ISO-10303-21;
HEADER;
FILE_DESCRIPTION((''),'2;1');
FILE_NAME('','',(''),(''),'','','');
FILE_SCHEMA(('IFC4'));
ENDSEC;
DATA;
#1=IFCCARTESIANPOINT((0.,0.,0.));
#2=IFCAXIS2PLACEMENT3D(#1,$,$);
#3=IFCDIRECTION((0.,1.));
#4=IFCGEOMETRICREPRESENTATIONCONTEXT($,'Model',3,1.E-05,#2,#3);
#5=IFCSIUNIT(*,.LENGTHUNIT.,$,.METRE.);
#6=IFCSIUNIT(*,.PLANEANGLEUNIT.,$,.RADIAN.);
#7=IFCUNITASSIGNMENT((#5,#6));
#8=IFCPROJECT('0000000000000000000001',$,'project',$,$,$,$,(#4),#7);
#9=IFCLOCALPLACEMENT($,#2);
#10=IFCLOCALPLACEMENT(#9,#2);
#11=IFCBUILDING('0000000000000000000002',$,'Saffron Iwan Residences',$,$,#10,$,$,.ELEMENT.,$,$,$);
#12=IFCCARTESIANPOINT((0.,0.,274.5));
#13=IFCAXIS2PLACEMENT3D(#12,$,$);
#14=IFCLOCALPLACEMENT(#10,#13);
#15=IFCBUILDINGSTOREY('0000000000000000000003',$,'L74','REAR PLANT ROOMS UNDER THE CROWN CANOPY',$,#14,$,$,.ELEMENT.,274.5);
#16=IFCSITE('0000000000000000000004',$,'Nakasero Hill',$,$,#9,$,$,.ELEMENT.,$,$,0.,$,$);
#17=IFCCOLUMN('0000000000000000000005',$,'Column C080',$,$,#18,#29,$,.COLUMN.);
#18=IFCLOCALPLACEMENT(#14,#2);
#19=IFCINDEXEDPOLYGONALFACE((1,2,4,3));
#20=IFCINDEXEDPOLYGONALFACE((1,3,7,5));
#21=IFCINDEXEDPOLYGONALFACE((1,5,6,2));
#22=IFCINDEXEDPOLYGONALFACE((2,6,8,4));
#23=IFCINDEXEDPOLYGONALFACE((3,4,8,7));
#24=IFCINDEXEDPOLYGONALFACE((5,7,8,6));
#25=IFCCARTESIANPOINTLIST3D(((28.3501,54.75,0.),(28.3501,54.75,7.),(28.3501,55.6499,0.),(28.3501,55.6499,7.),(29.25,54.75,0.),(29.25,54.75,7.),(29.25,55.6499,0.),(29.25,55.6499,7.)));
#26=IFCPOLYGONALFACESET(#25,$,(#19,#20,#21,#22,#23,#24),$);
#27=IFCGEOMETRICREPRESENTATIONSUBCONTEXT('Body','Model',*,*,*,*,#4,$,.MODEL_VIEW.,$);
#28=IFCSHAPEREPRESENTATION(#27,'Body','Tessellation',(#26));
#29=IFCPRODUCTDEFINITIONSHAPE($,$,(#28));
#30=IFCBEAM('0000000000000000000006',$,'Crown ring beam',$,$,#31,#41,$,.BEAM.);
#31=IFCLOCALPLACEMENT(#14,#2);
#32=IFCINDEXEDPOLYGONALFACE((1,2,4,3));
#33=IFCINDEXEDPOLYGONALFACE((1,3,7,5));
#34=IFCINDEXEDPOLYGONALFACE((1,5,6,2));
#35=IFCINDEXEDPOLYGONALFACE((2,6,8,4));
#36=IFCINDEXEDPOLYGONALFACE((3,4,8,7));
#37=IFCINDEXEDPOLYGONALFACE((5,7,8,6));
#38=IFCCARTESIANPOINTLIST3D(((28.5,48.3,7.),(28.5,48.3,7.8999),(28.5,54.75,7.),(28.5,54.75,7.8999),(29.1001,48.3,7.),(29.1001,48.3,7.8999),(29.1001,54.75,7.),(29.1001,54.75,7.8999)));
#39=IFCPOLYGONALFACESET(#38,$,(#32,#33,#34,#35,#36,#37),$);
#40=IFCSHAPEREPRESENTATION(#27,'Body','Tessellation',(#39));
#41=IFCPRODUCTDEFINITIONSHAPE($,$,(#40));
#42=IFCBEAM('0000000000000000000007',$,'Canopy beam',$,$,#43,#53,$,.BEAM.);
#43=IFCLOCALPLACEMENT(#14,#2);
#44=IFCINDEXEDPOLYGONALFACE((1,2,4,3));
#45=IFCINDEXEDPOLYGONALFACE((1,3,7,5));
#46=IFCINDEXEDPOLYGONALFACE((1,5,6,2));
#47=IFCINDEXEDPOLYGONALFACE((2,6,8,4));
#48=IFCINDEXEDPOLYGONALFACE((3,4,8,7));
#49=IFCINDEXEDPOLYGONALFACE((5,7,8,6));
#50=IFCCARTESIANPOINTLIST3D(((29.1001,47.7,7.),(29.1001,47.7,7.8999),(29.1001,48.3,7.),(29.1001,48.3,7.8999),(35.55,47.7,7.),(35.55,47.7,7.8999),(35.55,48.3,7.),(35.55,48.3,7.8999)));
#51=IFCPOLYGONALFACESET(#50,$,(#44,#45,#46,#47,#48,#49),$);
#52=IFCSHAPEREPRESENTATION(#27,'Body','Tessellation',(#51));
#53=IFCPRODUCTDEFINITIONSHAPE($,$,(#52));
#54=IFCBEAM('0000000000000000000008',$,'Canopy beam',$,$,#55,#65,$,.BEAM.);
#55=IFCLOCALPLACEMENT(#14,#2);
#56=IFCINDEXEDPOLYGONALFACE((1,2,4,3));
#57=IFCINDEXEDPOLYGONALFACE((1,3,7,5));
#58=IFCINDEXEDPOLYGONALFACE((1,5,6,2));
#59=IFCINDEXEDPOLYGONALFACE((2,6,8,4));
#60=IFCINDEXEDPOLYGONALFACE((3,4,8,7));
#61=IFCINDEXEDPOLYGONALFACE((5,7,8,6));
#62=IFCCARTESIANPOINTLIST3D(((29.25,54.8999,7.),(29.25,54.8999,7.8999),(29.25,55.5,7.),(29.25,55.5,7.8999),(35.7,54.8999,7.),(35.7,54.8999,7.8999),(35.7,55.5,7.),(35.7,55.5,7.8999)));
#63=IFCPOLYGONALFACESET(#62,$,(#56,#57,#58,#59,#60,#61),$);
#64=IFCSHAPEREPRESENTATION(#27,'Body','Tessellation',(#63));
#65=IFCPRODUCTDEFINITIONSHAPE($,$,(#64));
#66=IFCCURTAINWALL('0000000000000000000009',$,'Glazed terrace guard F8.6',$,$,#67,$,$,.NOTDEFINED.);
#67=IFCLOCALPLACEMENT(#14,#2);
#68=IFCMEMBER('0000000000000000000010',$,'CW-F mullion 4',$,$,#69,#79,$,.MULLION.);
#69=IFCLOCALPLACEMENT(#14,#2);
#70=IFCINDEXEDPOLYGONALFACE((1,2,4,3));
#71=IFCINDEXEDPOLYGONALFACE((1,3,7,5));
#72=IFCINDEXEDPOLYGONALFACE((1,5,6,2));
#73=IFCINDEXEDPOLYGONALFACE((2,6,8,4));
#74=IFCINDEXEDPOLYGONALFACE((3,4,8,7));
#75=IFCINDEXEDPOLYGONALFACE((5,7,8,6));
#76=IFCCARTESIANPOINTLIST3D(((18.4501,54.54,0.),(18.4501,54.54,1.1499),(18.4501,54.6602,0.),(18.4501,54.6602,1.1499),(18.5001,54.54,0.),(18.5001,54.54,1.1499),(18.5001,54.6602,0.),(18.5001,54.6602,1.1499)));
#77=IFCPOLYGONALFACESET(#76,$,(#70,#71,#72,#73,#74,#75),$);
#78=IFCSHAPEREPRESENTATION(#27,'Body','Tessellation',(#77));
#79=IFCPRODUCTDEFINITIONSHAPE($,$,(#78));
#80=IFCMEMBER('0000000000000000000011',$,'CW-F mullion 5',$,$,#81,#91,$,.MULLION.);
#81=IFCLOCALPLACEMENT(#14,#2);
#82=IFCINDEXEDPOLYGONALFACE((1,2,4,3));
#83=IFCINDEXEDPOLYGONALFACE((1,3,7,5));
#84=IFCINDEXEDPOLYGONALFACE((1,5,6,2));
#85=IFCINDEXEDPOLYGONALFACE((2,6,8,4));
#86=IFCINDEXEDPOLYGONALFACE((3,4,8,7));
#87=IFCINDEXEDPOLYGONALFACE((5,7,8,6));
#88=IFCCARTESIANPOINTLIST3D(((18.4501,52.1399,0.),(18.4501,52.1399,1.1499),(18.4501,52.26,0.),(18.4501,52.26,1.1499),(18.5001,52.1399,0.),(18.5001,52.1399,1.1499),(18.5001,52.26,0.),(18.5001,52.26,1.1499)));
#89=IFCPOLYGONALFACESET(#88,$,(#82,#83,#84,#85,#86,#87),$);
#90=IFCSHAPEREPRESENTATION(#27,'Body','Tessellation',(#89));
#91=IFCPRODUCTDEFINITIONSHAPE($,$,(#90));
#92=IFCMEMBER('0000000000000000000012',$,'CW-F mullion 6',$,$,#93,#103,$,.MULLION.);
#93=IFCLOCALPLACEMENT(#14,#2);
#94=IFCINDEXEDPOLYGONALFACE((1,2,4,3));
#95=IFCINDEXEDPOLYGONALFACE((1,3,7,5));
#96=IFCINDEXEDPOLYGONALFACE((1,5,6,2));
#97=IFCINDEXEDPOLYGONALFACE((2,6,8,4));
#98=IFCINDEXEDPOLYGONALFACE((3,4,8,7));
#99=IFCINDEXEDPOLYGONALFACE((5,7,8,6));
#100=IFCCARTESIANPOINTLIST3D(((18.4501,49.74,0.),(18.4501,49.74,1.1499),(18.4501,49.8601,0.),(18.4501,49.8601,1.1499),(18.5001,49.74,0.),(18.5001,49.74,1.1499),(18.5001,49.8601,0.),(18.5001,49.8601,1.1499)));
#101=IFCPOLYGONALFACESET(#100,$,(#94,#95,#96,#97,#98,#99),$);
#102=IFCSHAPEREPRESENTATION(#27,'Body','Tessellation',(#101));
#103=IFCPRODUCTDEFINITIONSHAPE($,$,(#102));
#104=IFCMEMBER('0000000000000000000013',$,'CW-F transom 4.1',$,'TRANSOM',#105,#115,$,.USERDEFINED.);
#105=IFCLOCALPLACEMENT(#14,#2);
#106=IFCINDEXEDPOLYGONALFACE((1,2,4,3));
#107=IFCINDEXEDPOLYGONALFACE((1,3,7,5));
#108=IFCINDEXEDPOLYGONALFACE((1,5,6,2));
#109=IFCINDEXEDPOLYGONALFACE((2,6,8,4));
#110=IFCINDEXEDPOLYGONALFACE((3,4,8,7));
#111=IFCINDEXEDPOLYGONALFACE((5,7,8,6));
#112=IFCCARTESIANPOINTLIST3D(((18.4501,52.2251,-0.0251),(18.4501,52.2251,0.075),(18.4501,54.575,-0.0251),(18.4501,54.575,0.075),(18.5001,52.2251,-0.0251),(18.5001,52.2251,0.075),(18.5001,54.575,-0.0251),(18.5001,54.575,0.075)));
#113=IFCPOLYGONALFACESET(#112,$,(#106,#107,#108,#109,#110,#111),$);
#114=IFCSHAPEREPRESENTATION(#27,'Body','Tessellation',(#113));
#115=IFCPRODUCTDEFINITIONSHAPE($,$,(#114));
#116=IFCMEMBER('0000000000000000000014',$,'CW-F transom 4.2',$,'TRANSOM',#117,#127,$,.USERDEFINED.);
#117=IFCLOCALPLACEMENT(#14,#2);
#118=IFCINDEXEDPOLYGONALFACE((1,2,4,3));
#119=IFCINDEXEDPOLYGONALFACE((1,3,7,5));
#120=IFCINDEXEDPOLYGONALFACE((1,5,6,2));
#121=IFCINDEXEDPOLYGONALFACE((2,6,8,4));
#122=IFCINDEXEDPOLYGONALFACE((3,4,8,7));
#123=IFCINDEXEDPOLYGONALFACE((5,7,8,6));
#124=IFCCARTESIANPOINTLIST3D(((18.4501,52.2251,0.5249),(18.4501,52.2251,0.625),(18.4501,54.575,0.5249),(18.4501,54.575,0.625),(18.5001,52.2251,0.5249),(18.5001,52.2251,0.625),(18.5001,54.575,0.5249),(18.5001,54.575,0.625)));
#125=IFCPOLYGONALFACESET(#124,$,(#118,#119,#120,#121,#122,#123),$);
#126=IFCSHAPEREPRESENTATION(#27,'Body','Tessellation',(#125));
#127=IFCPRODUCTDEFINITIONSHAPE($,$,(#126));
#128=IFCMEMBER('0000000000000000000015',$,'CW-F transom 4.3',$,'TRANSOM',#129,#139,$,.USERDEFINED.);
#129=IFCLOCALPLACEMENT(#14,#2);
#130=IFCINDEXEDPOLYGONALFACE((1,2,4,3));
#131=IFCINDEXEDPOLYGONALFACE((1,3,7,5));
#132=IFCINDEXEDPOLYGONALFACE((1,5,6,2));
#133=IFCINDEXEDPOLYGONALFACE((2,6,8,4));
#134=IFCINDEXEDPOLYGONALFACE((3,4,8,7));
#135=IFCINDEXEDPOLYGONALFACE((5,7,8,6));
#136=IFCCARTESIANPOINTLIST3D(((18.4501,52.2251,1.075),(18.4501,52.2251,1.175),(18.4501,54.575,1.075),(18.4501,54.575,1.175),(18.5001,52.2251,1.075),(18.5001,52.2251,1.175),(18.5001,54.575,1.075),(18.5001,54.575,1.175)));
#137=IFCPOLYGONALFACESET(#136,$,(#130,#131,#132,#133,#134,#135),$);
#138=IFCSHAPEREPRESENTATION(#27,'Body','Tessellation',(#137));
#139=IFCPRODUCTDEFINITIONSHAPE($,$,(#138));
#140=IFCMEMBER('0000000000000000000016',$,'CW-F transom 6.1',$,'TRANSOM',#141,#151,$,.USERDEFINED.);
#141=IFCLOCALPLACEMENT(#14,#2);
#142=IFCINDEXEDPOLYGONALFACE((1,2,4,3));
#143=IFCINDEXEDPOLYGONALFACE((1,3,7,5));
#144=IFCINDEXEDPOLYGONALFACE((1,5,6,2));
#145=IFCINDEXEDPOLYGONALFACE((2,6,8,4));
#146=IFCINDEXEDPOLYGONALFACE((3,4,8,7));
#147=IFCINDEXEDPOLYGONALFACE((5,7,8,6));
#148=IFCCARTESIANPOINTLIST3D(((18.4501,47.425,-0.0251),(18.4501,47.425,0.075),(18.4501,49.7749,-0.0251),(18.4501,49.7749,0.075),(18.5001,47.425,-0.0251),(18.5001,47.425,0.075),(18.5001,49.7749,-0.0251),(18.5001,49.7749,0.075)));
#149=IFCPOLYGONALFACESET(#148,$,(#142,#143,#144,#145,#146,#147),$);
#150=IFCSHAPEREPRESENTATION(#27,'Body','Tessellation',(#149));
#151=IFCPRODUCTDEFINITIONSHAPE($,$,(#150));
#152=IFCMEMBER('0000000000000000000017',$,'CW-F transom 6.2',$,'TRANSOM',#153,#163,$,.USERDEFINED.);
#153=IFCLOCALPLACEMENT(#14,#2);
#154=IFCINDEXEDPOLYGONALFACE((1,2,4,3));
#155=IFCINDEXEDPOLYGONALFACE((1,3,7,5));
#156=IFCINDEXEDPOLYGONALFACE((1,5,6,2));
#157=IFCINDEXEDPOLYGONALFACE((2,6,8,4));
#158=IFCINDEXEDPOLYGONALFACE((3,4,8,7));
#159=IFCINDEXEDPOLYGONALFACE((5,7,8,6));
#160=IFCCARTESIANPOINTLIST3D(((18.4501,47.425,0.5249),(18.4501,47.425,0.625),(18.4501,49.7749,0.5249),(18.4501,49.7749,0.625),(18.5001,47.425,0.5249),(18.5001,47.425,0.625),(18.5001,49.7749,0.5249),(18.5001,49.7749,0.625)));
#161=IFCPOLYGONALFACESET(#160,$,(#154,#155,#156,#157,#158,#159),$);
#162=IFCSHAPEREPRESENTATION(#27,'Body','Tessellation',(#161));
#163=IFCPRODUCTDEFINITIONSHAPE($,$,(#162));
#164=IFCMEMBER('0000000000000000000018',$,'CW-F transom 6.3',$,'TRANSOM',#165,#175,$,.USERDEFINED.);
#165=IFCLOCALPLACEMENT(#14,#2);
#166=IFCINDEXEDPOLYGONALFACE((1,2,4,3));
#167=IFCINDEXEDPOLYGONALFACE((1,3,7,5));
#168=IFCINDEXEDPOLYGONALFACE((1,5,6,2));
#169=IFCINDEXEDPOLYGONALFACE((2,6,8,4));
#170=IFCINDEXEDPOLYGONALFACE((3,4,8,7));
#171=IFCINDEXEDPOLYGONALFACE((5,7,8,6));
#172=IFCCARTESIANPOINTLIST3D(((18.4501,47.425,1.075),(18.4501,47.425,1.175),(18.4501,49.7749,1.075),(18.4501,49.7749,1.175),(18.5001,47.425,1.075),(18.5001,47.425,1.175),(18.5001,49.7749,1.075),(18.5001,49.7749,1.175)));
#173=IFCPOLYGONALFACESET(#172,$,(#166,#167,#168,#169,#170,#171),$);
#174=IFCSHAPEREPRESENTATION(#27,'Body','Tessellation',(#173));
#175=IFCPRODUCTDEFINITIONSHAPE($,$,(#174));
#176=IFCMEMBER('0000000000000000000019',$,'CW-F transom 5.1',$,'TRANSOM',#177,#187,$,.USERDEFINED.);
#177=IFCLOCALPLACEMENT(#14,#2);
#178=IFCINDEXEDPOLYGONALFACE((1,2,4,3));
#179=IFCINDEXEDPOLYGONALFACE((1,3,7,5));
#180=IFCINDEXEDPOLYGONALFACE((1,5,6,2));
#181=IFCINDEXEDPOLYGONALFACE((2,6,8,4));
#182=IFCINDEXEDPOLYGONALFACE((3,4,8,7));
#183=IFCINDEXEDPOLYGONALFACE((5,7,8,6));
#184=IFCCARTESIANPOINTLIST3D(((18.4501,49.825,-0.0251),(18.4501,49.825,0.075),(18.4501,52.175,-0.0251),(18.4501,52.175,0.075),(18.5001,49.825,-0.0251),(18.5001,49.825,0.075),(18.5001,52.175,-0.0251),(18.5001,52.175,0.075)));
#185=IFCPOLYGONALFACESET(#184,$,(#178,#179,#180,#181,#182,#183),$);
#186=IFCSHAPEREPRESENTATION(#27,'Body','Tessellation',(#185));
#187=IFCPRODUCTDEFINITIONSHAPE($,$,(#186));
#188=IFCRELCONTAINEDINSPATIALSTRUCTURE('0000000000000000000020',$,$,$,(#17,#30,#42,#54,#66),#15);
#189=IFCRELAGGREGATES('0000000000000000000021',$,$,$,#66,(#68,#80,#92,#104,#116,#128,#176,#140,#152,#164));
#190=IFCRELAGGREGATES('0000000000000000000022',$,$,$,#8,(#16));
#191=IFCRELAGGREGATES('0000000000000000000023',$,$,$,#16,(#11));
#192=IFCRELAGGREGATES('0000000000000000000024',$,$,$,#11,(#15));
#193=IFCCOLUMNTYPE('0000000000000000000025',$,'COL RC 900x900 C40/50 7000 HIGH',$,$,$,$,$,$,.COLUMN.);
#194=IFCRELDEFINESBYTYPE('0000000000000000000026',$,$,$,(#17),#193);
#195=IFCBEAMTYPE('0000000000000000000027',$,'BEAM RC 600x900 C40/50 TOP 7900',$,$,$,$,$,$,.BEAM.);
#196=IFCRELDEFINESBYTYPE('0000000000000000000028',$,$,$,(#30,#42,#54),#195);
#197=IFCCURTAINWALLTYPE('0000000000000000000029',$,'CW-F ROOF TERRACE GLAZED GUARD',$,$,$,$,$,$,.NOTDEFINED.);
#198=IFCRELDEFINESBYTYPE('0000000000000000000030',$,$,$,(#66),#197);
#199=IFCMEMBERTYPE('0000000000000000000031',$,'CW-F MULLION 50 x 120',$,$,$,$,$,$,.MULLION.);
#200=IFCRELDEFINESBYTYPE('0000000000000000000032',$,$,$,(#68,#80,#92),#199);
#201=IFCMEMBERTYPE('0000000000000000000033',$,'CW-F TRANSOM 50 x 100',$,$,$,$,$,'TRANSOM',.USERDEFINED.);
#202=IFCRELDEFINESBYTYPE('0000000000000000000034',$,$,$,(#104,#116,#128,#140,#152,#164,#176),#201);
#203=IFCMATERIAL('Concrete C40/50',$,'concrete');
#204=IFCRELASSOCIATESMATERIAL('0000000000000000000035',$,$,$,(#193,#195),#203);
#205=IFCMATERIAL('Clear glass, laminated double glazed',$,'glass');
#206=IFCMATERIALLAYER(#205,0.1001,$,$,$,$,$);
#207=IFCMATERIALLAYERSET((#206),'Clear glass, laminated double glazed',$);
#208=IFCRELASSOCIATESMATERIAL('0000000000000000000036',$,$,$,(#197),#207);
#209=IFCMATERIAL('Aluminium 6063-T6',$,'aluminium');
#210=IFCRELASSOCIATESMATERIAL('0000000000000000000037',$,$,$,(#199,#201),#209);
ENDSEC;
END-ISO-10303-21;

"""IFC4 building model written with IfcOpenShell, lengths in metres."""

from ifc_helpers import new_model, si_unit, direction, frame, origin, origin_2d, place, context, subcontext, project, spatial, rectangle, extrude, source, transform, mapped, material, layer, layer_set, material_profile, profile_set, type_object, element, aggregate, save


model = new_model("IFC4")

# Units and contexts
model_context = context("Model", 3, precision=1e-05, world=origin(), true_north=direction((0.0, 1.0)))
body_context = subcontext(model_context, "Body", "Model", "MODEL_VIEW")
ifc_project = project(units=[si_unit("LENGTHUNIT", "METRE"), si_unit("PLANEANGLEUNIT", "RADIAN")], contexts=[model_context])

# Site, building, storey
site_placement = place(None, origin())
site = spatial("IfcSite", under=ifc_project, at=site_placement, Name="Nakasero Hill", CompositionType="ELEMENT", RefElevation=0.0)
building_placement = place(site_placement, origin())
building = spatial("IfcBuilding", under=site, at=building_placement, Name="Saffron Iwan Residences", CompositionType="ELEMENT")
storey_placement = place(building_placement, frame((0.0, 0.0, 274.5)))
storey = spatial("IfcBuildingStorey", under=building, at=storey_placement, Name="L74", Description="REAR PLANT ROOMS UNDER THE CROWN CANOPY", CompositionType="ELEMENT", Elevation=274.5)

# Column
ifc_material_1 = material(Name="Concrete C40/50", Category="concrete")
ifc_material_profile_1 = material_profile(ifc_material_1, rectangle(XDim=0.8999, YDim=0.8999, at=origin_2d()), Name="RC 900x900")
ifc_profile_set_1 = profile_set([ifc_material_profile_1], Name="Concrete C40/50")
column_type = type_object("IfcColumnType", Name="COL RC 900x900 C40/50 7000 HIGH", PredefinedType="COLUMN", material=ifc_profile_set_1)
shared_shape_1 = source(origin(), body_context, "Body", "SweptSolid", [
    extrude(rectangle(XDim=0.8999, YDim=0.8999, at=origin_2d()), origin(), (0.0, 0.0, 1.0), 7.0),
])
column_placement = place(storey_placement, frame((28.8, 55.2, 0.0), z_axis=(0.0, 0.0, 1.0), x_axis=(1.0, 0.0, 0.0)))
element("IfcColumn", 1, at=column_placement, inside=storey, type_object=column_type, Name="Column C080", PredefinedType="COLUMN", context=body_context, shape_type="MappedRepresentation", body=[
    mapped(shared_shape_1, transform((0.0, 0.0, 0.0))),
])

# Beams
ifc_material_profile_2 = material_profile(ifc_material_1, rectangle(XDim=0.6001, YDim=0.8999, at=origin_2d()), Name="RC 600x900")
ifc_profile_set_2 = profile_set([ifc_material_profile_2], Name="Concrete C40/50")
beam_type = type_object("IfcBeamType", Name="BEAM RC 600x900 C40/50 TOP 7900", PredefinedType="BEAM", material=ifc_profile_set_2)
shared_shape_2 = source(origin(), body_context, "Body", "SweptSolid", [
    extrude(rectangle(XDim=0.6001, YDim=0.8999, at=origin_2d()), origin(), (0.0, 0.0, 1.0), 6.45),
])
for number, where, z_axis, x_axis, name in (
    (2, (28.8, 48.3, 7.45), (0.0, 1.0, 0.0), (-1.0, 0.0, 0.0), "Crown ring beam"),
    (3, (29.1001, 48.0, 7.45), (1.0, 0.0, 0.0), (0.0, 1.0, 0.0), "Canopy beam"),
    (4, (29.25, 55.2, 7.45), (1.0, 0.0, 0.0), (0.0, 1.0, 0.0), "Canopy beam"),
):
    element("IfcBeam", number, at=place(storey_placement, frame(where, z_axis=z_axis, x_axis=x_axis)), inside=storey, type_object=beam_type, Name=name, PredefinedType="BEAM", context=body_context, shape_type="MappedRepresentation", body=[
        mapped(shared_shape_2, transform((0.0, 0.0, 0.0))),
    ])

# Curtain wall, members
ifc_material_2 = material(Name="Clear glass, laminated double glazed", Category="glass")
ifc_layer_1 = layer(ifc_material_2, 0.1001)
ifc_layer_set_1 = layer_set([ifc_layer_1], Name="Clear glass, laminated double glazed")
curtain_wall_type = type_object("IfcCurtainWallType", Name="CW-F ROOF TERRACE GLAZED GUARD", PredefinedType="NOTDEFINED", material=ifc_layer_set_1)
curtain_wall_placement = place(storey_placement, origin())
curtain_wall = element("IfcCurtainWall", 5, at=curtain_wall_placement, inside=storey, type_object=curtain_wall_type, Name="Glazed terrace guard F8.6", PredefinedType="NOTDEFINED")
ifc_material_3 = material(Name="Aluminium 6063-T6", Category="aluminium")
ifc_material_profile_3 = material_profile(ifc_material_3, rectangle(XDim=0.05, YDim=0.1201, at=origin_2d()), Name="CW-F MULLION 50 x 120")
ifc_profile_set_3 = profile_set([ifc_material_profile_3], Name="Aluminium 6063-T6")
member_type_1 = type_object("IfcMemberType", Name="CW-F MULLION 50 x 120", PredefinedType="MULLION", material=ifc_profile_set_3)
shared_shape_3 = source(origin(), body_context, "Body", "SweptSolid", [
    extrude(rectangle(XDim=0.05, YDim=0.1201, at=origin_2d()), origin(), (0.0, 0.0, 1.0), 1.1499),
])
member_1_placement = place(storey_placement, frame((18.4751, 54.6001, 0.0), z_axis=(0.0, 0.0, 1.0), x_axis=(1.0, 0.0, 0.0)))
member_1 = element("IfcMember", 6, at=member_1_placement, type_object=member_type_1, Name="CW-F mullion 4", PredefinedType="MULLION", context=body_context, shape_type="MappedRepresentation", body=[
    mapped(shared_shape_3, transform((0.0, 0.0, 0.0))),
])
member_2_placement = place(storey_placement, frame((18.4751, 52.2, 0.0), z_axis=(0.0, 0.0, 1.0), x_axis=(1.0, 0.0, 0.0)))
member_2 = element("IfcMember", 7, at=member_2_placement, type_object=member_type_1, Name="CW-F mullion 5", PredefinedType="MULLION", context=body_context, shape_type="MappedRepresentation", body=[
    mapped(shared_shape_3, transform((0.0, 0.0, 0.0))),
])
member_3_placement = place(storey_placement, frame((18.4751, 49.8, 0.0), z_axis=(0.0, 0.0, 1.0), x_axis=(1.0, 0.0, 0.0)))
member_3 = element("IfcMember", 8, at=member_3_placement, type_object=member_type_1, Name="CW-F mullion 6", PredefinedType="MULLION", context=body_context, shape_type="MappedRepresentation", body=[
    mapped(shared_shape_3, transform((0.0, 0.0, 0.0))),
])
ifc_material_profile_4 = material_profile(ifc_material_3, rectangle(XDim=0.05, YDim=0.1001, at=origin_2d()), Name="CW-F TRANSOM 50 x 100")
ifc_profile_set_4 = profile_set([ifc_material_profile_4], Name="Aluminium 6063-T6")
member_type_2 = type_object("IfcMemberType", Name="CW-F TRANSOM 50 x 100", ElementType="TRANSOM", PredefinedType="USERDEFINED", material=ifc_profile_set_4)
shared_shape_4 = source(origin(), body_context, "Body", "SweptSolid", [
    extrude(rectangle(XDim=0.05, YDim=0.1001, at=origin_2d()), origin(), (0.0, 0.0, 1.0), 2.3499),
])
member_4_placement = place(storey_placement, frame((18.4751, 54.575, 0.0249), z_axis=(0.0, -1.0, 0.0), x_axis=(1.0, 0.0, 0.0)))
member_4 = element("IfcMember", 9, at=member_4_placement, type_object=member_type_2, Name="CW-F transom 4.1", ObjectType="TRANSOM", PredefinedType="USERDEFINED", context=body_context, shape_type="MappedRepresentation", body=[
    mapped(shared_shape_4, transform((0.0, 0.0, 0.0))),
])
member_5_placement = place(storey_placement, frame((18.4751, 54.575, 0.575), z_axis=(0.0, -1.0, 0.0), x_axis=(1.0, 0.0, 0.0)))
member_5 = element("IfcMember", 10, at=member_5_placement, type_object=member_type_2, Name="CW-F transom 4.2", ObjectType="TRANSOM", PredefinedType="USERDEFINED", context=body_context, shape_type="MappedRepresentation", body=[
    mapped(shared_shape_4, transform((0.0, 0.0, 0.0))),
])
member_6_placement = place(storey_placement, frame((18.4751, 54.575, 1.125), z_axis=(0.0, -1.0, 0.0), x_axis=(1.0, 0.0, 0.0)))
member_6 = element("IfcMember", 11, at=member_6_placement, type_object=member_type_2, Name="CW-F transom 4.3", ObjectType="TRANSOM", PredefinedType="USERDEFINED", context=body_context, shape_type="MappedRepresentation", body=[
    mapped(shared_shape_4, transform((0.0, 0.0, 0.0))),
])
member_7_placement = place(storey_placement, frame((18.4751, 49.7749, 0.0249), z_axis=(0.0, -1.0, 0.0), x_axis=(1.0, 0.0, 0.0)))
member_7 = element("IfcMember", 12, at=member_7_placement, type_object=member_type_2, Name="CW-F transom 6.1", ObjectType="TRANSOM", PredefinedType="USERDEFINED", context=body_context, shape_type="MappedRepresentation", body=[
    mapped(shared_shape_4, transform((0.0, 0.0, 0.0))),
])
member_8_placement = place(storey_placement, frame((18.4751, 49.7749, 0.575), z_axis=(0.0, -1.0, 0.0), x_axis=(1.0, 0.0, 0.0)))
member_8 = element("IfcMember", 13, at=member_8_placement, type_object=member_type_2, Name="CW-F transom 6.2", ObjectType="TRANSOM", PredefinedType="USERDEFINED", context=body_context, shape_type="MappedRepresentation", body=[
    mapped(shared_shape_4, transform((0.0, 0.0, 0.0))),
])
member_9_placement = place(storey_placement, frame((18.4751, 49.7749, 1.125), z_axis=(0.0, -1.0, 0.0), x_axis=(1.0, 0.0, 0.0)))
member_9 = element("IfcMember", 14, at=member_9_placement, type_object=member_type_2, Name="CW-F transom 6.3", ObjectType="TRANSOM", PredefinedType="USERDEFINED", context=body_context, shape_type="MappedRepresentation", body=[
    mapped(shared_shape_4, transform((0.0, 0.0, 0.0))),
])
shared_shape_5 = source(origin(), body_context, "Body", "SweptSolid", [
    extrude(rectangle(XDim=0.05, YDim=0.1001, at=origin_2d()), origin(), (0.0, 0.0, 1.0), 2.3501),
])
member_10_placement = place(storey_placement, frame((18.4751, 52.175, 0.0249), z_axis=(0.0, -1.0, 0.0), x_axis=(1.0, 0.0, 0.0)))
member_10 = element("IfcMember", 15, at=member_10_placement, type_object=member_type_2, Name="CW-F transom 5.1", ObjectType="TRANSOM", PredefinedType="USERDEFINED", context=body_context, shape_type="MappedRepresentation", body=[
    mapped(shared_shape_5, transform((0.0, 0.0, 0.0))),
])
aggregate(curtain_wall, [member_1, member_2, member_3, member_4, member_5, member_6, member_10, member_7, member_8, member_9])

save(model, "model.ifc")
